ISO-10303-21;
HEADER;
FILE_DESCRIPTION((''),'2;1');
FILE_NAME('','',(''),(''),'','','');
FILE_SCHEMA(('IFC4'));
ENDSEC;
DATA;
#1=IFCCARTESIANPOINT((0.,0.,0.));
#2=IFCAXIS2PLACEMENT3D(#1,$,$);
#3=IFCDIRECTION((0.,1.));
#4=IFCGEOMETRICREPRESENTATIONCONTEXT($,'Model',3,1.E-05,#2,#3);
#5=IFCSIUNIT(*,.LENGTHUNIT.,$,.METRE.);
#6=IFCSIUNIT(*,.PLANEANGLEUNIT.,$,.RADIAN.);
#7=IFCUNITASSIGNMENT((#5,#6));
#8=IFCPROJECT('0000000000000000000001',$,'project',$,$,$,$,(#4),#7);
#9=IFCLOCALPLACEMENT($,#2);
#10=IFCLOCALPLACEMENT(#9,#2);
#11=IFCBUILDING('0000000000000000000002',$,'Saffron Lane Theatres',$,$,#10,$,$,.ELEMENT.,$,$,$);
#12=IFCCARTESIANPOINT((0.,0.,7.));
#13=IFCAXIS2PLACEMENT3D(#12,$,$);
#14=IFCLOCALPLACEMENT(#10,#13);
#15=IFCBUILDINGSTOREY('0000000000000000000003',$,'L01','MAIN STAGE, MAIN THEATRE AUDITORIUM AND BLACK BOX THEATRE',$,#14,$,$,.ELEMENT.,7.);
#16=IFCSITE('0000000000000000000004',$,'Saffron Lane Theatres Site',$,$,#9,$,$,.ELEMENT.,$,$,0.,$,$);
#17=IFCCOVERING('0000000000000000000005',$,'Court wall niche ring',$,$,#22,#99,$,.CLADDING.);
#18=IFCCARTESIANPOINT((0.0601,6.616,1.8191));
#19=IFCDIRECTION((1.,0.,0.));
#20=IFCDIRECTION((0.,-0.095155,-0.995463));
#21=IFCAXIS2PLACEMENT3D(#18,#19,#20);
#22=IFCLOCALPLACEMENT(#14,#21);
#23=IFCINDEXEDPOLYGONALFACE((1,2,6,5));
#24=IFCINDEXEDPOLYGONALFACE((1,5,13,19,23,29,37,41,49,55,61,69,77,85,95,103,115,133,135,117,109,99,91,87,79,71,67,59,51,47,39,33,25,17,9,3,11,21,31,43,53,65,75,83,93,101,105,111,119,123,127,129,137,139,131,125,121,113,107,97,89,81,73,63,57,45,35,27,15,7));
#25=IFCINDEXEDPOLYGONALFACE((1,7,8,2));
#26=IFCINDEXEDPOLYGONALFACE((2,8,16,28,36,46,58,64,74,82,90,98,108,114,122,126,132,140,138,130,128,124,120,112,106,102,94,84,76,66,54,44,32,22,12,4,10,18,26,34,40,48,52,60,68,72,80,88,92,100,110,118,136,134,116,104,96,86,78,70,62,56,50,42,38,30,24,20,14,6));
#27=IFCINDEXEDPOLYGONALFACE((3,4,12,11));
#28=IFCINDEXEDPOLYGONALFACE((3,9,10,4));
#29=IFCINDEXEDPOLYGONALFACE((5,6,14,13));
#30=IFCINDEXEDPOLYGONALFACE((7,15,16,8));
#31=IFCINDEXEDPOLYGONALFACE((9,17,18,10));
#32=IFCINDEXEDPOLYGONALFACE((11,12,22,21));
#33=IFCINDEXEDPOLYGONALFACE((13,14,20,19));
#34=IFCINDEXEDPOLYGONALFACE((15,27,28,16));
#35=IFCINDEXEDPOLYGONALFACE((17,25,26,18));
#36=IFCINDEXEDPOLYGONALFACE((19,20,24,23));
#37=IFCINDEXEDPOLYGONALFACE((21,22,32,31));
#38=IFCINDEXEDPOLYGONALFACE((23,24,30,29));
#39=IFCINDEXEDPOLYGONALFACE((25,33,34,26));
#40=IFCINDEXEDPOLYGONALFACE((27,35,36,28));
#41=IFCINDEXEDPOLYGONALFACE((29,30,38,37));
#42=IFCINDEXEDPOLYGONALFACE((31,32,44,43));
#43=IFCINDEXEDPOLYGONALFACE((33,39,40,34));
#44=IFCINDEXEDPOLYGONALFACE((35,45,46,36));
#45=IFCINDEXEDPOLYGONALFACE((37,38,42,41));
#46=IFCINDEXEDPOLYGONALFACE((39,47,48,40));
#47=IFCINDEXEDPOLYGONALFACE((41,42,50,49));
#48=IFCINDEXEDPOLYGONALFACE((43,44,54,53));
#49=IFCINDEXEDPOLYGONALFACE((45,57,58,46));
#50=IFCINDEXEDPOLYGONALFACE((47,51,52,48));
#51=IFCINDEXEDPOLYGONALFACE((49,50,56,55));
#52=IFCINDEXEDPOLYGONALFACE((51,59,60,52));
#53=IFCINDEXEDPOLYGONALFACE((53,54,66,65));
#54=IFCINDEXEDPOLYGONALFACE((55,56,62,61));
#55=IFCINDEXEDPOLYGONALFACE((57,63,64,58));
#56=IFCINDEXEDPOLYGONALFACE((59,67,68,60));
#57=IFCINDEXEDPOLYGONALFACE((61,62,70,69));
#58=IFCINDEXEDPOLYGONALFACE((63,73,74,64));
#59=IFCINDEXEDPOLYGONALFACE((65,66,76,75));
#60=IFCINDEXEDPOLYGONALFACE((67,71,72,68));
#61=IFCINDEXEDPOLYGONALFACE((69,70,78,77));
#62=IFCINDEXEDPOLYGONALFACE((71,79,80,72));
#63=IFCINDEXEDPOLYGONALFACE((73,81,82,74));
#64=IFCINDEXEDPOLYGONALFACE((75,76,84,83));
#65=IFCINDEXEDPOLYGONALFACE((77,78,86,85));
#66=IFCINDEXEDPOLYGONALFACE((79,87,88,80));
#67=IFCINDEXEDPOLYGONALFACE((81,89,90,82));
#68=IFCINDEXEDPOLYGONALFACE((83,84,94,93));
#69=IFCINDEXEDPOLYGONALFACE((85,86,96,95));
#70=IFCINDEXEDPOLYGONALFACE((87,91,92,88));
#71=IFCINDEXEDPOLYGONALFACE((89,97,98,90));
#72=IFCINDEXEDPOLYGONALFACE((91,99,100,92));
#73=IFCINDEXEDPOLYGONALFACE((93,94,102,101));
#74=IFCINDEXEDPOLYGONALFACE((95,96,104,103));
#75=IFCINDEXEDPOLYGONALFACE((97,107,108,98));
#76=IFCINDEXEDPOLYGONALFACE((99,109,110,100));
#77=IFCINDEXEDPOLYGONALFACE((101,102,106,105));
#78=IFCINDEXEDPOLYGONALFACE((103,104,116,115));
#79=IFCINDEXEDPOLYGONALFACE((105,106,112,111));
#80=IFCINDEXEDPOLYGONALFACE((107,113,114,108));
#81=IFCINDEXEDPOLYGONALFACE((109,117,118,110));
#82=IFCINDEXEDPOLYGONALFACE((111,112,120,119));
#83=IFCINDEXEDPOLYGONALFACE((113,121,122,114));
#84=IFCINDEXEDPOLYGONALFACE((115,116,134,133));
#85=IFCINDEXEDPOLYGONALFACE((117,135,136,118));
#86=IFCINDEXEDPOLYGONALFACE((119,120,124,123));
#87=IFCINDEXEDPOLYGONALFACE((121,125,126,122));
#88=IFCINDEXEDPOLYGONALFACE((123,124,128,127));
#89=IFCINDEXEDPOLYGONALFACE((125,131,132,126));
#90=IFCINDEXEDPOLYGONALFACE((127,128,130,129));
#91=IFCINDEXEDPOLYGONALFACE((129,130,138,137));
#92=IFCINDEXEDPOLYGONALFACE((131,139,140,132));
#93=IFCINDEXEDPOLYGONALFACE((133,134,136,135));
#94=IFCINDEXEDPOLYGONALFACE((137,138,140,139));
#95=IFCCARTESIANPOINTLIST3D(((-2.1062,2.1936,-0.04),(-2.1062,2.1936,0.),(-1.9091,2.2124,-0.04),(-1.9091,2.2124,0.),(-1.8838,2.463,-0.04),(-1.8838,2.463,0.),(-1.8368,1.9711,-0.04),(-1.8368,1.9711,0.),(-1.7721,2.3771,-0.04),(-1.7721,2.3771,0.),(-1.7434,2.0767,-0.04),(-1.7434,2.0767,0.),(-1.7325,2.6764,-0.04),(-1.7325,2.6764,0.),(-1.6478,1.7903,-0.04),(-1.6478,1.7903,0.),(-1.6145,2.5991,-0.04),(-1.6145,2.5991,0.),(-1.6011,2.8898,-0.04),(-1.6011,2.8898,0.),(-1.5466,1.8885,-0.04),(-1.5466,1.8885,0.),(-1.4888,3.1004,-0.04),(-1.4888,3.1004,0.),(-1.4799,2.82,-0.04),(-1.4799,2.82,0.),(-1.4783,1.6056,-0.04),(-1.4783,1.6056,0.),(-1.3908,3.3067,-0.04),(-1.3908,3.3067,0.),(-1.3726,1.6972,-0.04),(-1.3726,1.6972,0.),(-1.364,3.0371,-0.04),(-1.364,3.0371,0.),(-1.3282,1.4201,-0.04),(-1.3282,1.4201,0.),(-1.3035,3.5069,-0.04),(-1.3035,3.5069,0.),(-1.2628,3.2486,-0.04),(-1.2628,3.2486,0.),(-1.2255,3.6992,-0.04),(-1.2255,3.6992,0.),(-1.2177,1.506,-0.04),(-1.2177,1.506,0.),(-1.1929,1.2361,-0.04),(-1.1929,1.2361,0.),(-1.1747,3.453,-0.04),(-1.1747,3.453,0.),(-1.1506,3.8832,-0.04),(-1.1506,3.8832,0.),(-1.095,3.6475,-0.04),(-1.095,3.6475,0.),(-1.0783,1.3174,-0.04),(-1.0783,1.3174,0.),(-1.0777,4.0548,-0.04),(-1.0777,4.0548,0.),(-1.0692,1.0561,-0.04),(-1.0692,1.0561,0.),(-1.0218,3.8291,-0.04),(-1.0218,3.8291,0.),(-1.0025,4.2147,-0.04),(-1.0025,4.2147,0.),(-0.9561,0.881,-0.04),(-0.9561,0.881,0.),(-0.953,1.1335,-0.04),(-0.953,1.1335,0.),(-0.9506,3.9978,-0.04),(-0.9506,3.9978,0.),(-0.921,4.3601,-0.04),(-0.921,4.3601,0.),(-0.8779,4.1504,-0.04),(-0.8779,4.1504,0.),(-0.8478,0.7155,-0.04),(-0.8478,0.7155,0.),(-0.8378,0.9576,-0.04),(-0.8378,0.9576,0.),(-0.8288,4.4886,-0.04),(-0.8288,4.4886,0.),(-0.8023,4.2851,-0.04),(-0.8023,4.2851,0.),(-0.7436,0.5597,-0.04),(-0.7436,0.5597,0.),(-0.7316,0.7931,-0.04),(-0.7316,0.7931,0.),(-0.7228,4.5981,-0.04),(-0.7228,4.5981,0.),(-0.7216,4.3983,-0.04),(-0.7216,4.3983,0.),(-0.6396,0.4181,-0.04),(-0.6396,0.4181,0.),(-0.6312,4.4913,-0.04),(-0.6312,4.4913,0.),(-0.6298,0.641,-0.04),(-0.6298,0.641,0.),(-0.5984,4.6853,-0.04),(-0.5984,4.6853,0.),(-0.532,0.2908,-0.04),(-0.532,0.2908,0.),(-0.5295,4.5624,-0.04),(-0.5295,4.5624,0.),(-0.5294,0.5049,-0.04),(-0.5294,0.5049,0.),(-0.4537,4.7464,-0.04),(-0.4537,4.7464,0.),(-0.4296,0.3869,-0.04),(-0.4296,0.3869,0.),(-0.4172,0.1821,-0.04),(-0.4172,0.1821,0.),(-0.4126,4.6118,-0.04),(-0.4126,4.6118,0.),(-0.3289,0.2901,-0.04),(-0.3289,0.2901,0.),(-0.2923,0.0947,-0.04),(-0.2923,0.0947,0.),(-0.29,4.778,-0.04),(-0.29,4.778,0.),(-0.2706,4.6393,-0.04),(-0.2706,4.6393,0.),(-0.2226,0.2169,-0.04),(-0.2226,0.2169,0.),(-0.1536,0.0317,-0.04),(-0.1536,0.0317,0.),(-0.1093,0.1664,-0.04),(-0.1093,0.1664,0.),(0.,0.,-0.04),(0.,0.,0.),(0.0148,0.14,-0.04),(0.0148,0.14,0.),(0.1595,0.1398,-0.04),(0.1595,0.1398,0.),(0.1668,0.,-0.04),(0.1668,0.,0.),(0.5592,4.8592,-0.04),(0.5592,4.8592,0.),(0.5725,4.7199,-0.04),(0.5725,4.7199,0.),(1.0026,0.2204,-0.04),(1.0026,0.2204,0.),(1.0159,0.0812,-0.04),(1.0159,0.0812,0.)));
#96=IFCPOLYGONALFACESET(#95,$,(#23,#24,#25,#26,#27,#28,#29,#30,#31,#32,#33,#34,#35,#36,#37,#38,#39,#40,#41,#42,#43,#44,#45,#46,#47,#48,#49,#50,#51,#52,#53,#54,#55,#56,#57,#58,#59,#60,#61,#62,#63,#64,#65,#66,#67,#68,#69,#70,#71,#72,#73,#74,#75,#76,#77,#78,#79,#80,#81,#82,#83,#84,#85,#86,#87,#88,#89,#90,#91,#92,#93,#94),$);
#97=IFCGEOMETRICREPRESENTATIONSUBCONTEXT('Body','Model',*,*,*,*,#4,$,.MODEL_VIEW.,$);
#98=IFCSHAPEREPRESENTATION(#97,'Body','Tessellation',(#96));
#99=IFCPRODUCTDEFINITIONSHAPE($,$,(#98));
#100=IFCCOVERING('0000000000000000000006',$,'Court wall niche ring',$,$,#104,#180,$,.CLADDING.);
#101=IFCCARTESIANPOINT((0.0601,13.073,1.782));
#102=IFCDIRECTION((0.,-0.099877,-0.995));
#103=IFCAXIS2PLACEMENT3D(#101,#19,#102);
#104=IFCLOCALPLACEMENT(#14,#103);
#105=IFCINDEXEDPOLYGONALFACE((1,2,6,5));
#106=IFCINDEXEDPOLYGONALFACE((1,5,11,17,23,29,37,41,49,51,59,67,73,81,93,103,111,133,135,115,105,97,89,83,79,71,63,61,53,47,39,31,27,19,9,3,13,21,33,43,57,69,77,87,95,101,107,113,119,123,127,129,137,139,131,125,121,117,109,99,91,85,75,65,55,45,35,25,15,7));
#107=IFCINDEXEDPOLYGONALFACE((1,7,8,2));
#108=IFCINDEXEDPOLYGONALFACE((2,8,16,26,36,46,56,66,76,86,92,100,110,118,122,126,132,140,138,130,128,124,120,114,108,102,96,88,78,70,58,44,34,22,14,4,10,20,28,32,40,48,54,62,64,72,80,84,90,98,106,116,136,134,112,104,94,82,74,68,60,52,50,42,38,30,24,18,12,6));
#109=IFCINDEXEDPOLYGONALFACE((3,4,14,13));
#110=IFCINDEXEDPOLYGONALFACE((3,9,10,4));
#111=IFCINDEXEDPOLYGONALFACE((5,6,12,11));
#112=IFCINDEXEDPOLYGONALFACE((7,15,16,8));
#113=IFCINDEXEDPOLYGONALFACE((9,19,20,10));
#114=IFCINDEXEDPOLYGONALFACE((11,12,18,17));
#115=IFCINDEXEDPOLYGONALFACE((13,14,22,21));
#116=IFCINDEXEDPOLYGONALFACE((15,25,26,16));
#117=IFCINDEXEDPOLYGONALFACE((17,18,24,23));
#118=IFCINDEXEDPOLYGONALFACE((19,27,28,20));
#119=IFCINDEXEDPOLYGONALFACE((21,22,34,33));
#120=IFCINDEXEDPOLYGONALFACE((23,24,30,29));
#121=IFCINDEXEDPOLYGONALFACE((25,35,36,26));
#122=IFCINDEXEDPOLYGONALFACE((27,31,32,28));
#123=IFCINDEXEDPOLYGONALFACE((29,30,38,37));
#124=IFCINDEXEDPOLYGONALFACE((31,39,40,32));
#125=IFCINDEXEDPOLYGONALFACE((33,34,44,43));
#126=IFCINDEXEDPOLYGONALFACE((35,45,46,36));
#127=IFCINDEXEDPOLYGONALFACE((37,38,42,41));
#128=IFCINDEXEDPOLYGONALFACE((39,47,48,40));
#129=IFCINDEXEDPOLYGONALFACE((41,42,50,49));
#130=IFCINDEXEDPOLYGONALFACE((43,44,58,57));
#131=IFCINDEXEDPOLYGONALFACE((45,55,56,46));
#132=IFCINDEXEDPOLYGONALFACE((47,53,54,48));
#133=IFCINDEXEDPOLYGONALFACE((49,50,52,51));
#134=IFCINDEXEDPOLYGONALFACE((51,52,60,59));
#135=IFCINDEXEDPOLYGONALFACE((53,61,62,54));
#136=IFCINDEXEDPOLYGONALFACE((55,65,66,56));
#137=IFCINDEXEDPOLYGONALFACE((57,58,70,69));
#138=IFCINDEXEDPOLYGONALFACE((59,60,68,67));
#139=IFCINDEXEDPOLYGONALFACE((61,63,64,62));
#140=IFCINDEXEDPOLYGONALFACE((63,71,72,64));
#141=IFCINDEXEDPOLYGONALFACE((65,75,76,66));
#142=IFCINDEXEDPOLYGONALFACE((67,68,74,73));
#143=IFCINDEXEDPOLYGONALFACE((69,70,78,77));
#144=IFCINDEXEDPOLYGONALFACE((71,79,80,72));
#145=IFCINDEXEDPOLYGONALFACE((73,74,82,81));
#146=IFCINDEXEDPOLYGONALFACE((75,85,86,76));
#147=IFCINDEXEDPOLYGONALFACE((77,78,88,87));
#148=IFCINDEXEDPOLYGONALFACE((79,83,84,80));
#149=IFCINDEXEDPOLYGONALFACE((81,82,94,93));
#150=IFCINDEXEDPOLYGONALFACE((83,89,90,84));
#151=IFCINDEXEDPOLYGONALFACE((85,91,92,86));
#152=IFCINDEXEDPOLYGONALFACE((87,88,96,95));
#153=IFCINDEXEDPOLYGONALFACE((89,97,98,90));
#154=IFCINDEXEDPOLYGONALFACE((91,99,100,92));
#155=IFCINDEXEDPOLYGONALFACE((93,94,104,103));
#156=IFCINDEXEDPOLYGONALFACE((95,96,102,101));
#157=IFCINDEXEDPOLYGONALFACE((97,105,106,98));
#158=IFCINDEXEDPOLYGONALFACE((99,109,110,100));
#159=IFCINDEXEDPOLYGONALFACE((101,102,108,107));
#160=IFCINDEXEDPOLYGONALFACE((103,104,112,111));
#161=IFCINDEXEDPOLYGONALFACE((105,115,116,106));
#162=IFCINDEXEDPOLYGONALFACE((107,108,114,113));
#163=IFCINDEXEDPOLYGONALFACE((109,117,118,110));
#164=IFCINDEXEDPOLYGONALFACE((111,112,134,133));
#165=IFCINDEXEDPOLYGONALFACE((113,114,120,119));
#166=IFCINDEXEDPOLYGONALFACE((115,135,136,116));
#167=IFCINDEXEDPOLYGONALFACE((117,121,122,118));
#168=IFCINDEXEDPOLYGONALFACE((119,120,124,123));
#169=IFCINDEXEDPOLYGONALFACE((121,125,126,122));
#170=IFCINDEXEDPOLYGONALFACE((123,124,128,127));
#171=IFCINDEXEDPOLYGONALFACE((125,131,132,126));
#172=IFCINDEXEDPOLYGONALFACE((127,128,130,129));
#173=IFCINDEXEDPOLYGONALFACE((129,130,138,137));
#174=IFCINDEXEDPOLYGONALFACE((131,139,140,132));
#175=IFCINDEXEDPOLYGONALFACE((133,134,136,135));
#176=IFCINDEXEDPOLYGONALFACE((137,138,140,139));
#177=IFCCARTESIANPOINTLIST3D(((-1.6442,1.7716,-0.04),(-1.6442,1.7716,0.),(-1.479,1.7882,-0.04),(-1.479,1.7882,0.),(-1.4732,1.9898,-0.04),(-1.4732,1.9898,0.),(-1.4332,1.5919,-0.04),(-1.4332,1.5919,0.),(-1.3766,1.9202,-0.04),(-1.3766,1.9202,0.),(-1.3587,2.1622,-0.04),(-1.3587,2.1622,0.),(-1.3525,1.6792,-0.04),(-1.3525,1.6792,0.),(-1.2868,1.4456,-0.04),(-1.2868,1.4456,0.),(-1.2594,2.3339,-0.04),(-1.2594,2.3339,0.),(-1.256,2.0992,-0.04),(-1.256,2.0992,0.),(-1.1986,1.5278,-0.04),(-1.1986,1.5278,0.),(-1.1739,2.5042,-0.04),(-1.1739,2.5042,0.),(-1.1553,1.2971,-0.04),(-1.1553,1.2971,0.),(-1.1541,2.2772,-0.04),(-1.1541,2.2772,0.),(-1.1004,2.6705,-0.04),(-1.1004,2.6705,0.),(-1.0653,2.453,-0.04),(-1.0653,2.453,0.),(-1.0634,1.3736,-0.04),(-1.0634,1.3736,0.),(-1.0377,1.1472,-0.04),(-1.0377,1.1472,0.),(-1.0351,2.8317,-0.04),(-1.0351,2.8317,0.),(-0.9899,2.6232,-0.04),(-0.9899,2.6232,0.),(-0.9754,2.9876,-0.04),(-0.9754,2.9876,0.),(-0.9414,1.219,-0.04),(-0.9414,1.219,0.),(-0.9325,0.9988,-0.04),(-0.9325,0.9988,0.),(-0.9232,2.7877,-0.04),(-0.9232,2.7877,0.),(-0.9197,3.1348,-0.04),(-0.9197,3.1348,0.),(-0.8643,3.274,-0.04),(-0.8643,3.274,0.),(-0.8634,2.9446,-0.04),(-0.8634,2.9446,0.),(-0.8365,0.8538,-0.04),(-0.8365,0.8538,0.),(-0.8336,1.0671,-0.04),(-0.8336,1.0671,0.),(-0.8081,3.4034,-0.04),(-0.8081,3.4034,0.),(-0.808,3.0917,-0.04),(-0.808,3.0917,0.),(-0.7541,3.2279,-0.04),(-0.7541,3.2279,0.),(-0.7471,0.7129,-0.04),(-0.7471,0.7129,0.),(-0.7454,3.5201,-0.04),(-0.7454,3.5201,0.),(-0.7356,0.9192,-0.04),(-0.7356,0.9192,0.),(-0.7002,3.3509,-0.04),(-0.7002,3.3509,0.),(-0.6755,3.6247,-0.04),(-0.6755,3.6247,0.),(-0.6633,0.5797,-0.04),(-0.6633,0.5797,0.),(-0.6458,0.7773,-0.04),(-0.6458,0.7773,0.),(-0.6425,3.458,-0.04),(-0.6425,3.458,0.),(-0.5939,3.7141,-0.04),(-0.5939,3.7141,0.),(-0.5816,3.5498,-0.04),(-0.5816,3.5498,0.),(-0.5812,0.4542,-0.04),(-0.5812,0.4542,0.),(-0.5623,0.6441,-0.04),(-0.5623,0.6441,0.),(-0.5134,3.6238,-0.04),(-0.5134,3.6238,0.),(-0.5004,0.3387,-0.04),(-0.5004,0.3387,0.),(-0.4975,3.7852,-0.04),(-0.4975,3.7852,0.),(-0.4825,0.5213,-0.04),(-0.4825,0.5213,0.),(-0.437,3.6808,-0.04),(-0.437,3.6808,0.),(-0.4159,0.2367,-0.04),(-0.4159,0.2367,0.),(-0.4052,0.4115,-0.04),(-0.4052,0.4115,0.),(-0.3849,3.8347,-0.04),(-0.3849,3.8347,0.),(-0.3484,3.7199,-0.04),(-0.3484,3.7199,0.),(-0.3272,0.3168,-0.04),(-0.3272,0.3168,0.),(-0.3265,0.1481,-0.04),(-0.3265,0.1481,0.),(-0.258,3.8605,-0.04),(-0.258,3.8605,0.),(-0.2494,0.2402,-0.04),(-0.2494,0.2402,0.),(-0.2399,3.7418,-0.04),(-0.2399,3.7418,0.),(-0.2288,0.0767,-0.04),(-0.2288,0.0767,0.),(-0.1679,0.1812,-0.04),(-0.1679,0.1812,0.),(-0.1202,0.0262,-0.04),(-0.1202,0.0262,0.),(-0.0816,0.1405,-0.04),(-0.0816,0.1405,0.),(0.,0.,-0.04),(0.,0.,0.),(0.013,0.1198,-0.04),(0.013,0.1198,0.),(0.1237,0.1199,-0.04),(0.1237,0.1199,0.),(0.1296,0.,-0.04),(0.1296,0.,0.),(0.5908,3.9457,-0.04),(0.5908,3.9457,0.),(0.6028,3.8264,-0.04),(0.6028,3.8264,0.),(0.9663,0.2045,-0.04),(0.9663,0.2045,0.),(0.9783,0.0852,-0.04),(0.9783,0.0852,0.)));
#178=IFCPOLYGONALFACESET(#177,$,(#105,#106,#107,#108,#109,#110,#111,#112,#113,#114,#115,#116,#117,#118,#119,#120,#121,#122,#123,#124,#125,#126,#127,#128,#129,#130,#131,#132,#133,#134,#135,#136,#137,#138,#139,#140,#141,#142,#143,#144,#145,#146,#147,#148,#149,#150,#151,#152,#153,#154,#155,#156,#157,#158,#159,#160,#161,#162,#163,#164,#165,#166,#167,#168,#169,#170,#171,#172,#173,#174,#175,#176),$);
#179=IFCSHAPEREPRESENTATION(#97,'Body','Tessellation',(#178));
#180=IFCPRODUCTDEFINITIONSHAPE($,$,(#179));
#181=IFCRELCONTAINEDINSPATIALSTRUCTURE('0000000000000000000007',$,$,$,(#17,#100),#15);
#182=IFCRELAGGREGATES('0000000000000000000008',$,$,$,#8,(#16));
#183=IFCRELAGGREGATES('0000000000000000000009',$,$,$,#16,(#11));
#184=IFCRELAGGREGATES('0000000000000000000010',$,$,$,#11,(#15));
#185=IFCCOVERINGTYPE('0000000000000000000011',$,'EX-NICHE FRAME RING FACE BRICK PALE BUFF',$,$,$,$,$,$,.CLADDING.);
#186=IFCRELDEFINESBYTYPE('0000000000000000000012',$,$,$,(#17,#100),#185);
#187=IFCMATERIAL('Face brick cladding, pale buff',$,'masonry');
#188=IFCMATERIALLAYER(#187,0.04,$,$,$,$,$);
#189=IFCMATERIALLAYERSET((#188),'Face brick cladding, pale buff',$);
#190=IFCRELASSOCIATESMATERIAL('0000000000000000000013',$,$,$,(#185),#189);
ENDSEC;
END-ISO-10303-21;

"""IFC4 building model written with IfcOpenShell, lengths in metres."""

from ifc_helpers import new_model, si_unit, direction, frame, origin, place, context, subcontext, project, spatial, polyline, outline, extrude, material, layer, layer_set, type_object, element, save


model = new_model("IFC4")

# Units and contexts
model_context = context("Model", 3, precision=1e-05, world=origin(), true_north=direction((0.0, 1.0)))
body_context = subcontext(model_context, "Body", "Model", "MODEL_VIEW")
ifc_project = project(units=[si_unit("LENGTHUNIT", "METRE"), si_unit("PLANEANGLEUNIT", "RADIAN")], contexts=[model_context])

# Site, building, storey
site_placement = place(None, origin())
site = spatial("IfcSite", under=ifc_project, at=site_placement, Name="Saffron Lane Theatres Site", CompositionType="ELEMENT", RefElevation=0.0)
building_placement = place(site_placement, origin())
building = spatial("IfcBuilding", under=site, at=building_placement, Name="Saffron Lane Theatres", CompositionType="ELEMENT")
storey_placement = place(building_placement, frame((0.0, 0.0, 7.0)))
storey = spatial("IfcBuildingStorey", under=building, at=storey_placement, Name="L01", Description="MAIN STAGE, MAIN THEATRE AUDITORIUM AND BLACK BOX THEATRE", CompositionType="ELEMENT", Elevation=7.0)

# Coverings
ifc_material_1 = material(Name="Face brick cladding, pale buff", Category="masonry")
ifc_layer_1 = layer(ifc_material_1, 0.04)
ifc_layer_set_1 = layer_set([ifc_layer_1], Name="Face brick cladding, pale buff")
covering_type_1 = type_object("IfcCoveringType", Name="EX-NICHE FRAME RING FACE BRICK PALE BUFF", PredefinedType="CLADDING", material=ifc_layer_set_1)
covering_1_placement = place(storey_placement, frame((0.0601, 6.616, 1.8191), z_axis=(1.0, 0.0, 0.0), x_axis=(0.0, -0.095155, -0.995463)))
element("IfcCovering", 1, at=covering_1_placement, inside=storey, type_object=covering_type_1, Name="Court wall niche ring", PredefinedType="CLADDING", context=body_context, shape_type="SweptSolid", body=[
    extrude(outline(polyline([(0.0, 0.0), (0.1668, 0.0), (1.0159, 0.0812), (1.0026, 0.2204), (0.1595, 0.1398), (0.0148, 0.14), (-0.1093, 0.1664), (-0.2226, 0.2169), (-0.3289, 0.2901), (-0.4296, 0.3869), (-0.5294, 0.5049), (-0.6298, 0.641), (-0.7316, 0.7931), (-0.8378, 0.9576), (-0.953, 1.1335), (-1.0783, 1.3174), (-1.2177, 1.506), (-1.3726, 1.6972), (-1.5466, 1.8885), (-1.7434, 2.0767), (-1.9091, 2.2124), (-1.7721, 2.3771), (-1.6145, 2.5991), (-1.4799, 2.82), (-1.364, 3.0371), (-1.2628, 3.2486), (-1.1747, 3.453), (-1.095, 3.6475), (-1.0218, 3.8291), (-0.9506, 3.9978), (-0.8779, 4.1504), (-0.8023, 4.2851), (-0.7216, 4.3983), (-0.6312, 4.4913), (-0.5295, 4.5624), (-0.4126, 4.6118), (-0.2706, 4.6393), (0.5725, 4.7199), (0.5592, 4.8592), (-0.29, 4.778), (-0.4537, 4.7464), (-0.5984, 4.6853), (-0.7228, 4.5981), (-0.8288, 4.4886), (-0.921, 4.3601), (-1.0025, 4.2147), (-1.0777, 4.0548), (-1.1506, 3.8832), (-1.2255, 3.6992), (-1.3035, 3.5069), (-1.3908, 3.3067), (-1.4888, 3.1004), (-1.6011, 2.8898), (-1.7325, 2.6764), (-1.8838, 2.463), (-2.1062, 2.1936), (-1.8368, 1.9711), (-1.6478, 1.7903), (-1.4783, 1.6056), (-1.3282, 1.4201), (-1.1929, 1.2361), (-1.0692, 1.0561), (-0.9561, 0.881), (-0.8478, 0.7155), (-0.7436, 0.5597), (-0.6396, 0.4181), (-0.532, 0.2908), (-0.4172, 0.1821), (-0.2923, 0.0947), (-0.1536, 0.0317), (0.0, 0.0)])), origin(), (0.0, 0.0, -1.0), 0.04),
])
covering_2_placement = place(storey_placement, frame((0.0601, 13.073, 1.782), z_axis=(1.0, 0.0, 0.0), x_axis=(0.0, -0.099877, -0.995)))
element("IfcCovering", 2, at=covering_2_placement, inside=storey, type_object=covering_type_1, Name="Court wall niche ring", PredefinedType="CLADDING", context=body_context, shape_type="SweptSolid", body=[
    extrude(outline(polyline([(0.0, 0.0), (0.1296, 0.0), (0.9783, 0.0852), (0.9663, 0.2045), (0.1237, 0.1199), (0.013, 0.1198), (-0.0816, 0.1405), (-0.1679, 0.1812), (-0.2494, 0.2402), (-0.3272, 0.3168), (-0.4052, 0.4115), (-0.4825, 0.5213), (-0.5623, 0.6441), (-0.6458, 0.7773), (-0.7356, 0.9192), (-0.8336, 1.0671), (-0.9414, 1.219), (-1.0634, 1.3736), (-1.1986, 1.5278), (-1.3525, 1.6792), (-1.479, 1.7882), (-1.3766, 1.9202), (-1.256, 2.0992), (-1.1541, 2.2772), (-1.0653, 2.453), (-0.9899, 2.6232), (-0.9232, 2.7877), (-0.8634, 2.9446), (-0.808, 3.0917), (-0.7541, 3.2279), (-0.7002, 3.3509), (-0.6425, 3.458), (-0.5816, 3.5498), (-0.5134, 3.6238), (-0.437, 3.6808), (-0.3484, 3.7199), (-0.2399, 3.7418), (0.6028, 3.8264), (0.5908, 3.9457), (-0.258, 3.8605), (-0.3849, 3.8347), (-0.4975, 3.7852), (-0.5939, 3.7141), (-0.6755, 3.6247), (-0.7454, 3.5201), (-0.8081, 3.4034), (-0.8643, 3.274), (-0.9197, 3.1348), (-0.9754, 2.9876), (-1.0351, 2.8317), (-1.1004, 2.6705), (-1.1739, 2.5042), (-1.2594, 2.3339), (-1.3587, 2.1622), (-1.4732, 1.9898), (-1.6442, 1.7716), (-1.4332, 1.5919), (-1.2868, 1.4456), (-1.1553, 1.2971), (-1.0377, 1.1472), (-0.9325, 0.9988), (-0.8365, 0.8538), (-0.7471, 0.7129), (-0.6633, 0.5797), (-0.5812, 0.4542), (-0.5004, 0.3387), (-0.4159, 0.2367), (-0.3265, 0.1481), (-0.2288, 0.0767), (-0.1202, 0.0262), (0.0, 0.0)])), origin(), (0.0, 0.0, -1.0), 0.04),
])

save(model, "model.ifc")
